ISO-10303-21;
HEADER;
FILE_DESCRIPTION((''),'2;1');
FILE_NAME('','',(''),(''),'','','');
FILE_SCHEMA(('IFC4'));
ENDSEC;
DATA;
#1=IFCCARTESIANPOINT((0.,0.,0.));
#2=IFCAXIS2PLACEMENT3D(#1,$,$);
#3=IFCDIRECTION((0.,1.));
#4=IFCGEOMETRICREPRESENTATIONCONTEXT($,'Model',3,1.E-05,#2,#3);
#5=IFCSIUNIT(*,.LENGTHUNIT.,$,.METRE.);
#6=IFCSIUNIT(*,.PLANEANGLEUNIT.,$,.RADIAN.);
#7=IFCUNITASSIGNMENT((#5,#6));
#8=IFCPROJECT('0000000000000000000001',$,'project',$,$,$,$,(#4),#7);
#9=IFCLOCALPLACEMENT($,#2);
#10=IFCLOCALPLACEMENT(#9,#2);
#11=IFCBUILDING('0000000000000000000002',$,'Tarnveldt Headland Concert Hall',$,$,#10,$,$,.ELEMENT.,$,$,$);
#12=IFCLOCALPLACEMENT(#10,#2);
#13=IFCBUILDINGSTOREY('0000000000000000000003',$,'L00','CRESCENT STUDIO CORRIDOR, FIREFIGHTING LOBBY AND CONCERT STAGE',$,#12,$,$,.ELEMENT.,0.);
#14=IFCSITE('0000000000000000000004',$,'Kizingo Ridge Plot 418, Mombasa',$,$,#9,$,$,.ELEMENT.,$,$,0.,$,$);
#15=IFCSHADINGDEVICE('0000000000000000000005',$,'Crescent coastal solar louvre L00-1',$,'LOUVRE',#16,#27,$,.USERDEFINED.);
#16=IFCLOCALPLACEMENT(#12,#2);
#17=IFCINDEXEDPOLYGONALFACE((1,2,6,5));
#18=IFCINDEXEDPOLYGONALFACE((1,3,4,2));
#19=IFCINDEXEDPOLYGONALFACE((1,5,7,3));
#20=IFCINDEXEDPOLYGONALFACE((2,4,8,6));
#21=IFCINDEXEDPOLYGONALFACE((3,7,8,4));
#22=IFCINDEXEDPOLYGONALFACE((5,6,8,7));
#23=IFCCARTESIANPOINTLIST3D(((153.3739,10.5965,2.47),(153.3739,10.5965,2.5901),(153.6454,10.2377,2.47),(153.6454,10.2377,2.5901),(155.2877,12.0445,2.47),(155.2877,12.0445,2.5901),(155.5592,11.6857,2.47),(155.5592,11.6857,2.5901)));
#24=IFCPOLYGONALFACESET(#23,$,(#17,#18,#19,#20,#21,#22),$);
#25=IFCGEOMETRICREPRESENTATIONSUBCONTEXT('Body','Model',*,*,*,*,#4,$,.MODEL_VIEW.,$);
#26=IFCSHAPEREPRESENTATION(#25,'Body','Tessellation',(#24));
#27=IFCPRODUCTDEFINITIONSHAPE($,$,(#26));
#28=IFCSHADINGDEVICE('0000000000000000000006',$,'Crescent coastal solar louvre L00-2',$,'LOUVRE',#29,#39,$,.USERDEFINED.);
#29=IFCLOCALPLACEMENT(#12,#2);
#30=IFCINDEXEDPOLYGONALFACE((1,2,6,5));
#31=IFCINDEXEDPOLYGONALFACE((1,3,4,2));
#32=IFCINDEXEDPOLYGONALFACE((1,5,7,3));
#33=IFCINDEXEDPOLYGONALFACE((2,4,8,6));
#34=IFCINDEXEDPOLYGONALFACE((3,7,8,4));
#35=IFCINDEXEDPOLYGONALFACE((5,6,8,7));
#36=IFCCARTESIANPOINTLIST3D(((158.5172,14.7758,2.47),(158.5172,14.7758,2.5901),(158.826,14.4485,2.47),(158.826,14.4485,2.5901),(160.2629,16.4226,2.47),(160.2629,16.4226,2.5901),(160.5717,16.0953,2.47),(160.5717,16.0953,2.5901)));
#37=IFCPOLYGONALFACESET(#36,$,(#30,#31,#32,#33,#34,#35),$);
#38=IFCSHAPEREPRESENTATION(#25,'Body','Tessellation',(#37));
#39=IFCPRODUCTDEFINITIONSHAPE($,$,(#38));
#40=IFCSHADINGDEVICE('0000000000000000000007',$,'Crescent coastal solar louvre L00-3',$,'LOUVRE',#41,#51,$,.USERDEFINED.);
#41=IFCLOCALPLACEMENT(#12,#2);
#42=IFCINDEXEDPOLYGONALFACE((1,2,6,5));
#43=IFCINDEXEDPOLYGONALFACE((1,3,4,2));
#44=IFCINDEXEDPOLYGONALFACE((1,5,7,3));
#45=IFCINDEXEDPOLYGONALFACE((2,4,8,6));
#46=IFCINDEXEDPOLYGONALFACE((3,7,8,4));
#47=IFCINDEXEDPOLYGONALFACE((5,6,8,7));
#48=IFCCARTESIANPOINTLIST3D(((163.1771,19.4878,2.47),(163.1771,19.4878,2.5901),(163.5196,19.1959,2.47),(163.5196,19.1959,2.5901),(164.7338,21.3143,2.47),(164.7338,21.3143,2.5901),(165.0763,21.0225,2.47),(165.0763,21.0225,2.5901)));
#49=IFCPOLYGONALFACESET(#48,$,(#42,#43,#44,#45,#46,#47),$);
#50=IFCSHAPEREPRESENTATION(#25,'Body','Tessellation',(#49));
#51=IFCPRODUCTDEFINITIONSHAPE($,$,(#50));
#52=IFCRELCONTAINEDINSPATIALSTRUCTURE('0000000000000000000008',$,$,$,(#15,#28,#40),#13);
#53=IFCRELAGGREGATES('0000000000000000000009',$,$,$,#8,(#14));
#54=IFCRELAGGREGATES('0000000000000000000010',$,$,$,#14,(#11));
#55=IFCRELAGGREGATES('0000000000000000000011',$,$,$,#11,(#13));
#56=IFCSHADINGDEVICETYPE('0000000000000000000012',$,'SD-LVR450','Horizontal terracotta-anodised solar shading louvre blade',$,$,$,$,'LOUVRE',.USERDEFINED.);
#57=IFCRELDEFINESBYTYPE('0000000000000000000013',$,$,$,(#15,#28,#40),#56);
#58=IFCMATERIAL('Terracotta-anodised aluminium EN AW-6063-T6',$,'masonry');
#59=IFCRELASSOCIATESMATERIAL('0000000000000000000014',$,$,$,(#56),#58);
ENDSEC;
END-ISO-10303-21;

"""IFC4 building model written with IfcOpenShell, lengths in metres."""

from ifc_helpers import new_model, si_unit, direction, frame, origin, origin_2d, place, context, subcontext, project, spatial, rectangle, extrude, material, type_object, element, save


model = new_model("IFC4")

# Units and contexts
model_context = context("Model", 3, precision=1e-05, world=origin(), true_north=direction((0.0, 1.0)))
body_context = subcontext(model_context, "Body", "Model", "MODEL_VIEW")
ifc_project = project(units=[si_unit("LENGTHUNIT", "METRE"), si_unit("PLANEANGLEUNIT", "RADIAN")], contexts=[model_context])

# Site, building, storey
site_placement = place(None, origin())
site = spatial("IfcSite", under=ifc_project, at=site_placement, Name="Kizingo Ridge Plot 418, Mombasa", CompositionType="ELEMENT", RefElevation=0.0)
building_placement = place(site_placement, origin())
building = spatial("IfcBuilding", under=site, at=building_placement, Name="Tarnveldt Headland Concert Hall", CompositionType="ELEMENT")
storey_placement = place(building_placement, origin())
storey = spatial("IfcBuildingStorey", under=building, at=storey_placement, Name="L00", Description="CRESCENT STUDIO CORRIDOR, FIREFIGHTING LOBBY AND CONCERT STAGE", CompositionType="ELEMENT", Elevation=0.0)

# Shading devices
ifc_material_1 = material(Name="Terracotta-anodised aluminium EN AW-6063-T6", Category="masonry")
shading_device_type = type_object("IfcShadingDeviceType", Name="SD-LVR450", Description="Horizontal terracotta-anodised solar shading louvre blade", ElementType="LOUVRE", PredefinedType="USERDEFINED", material=ifc_material_1)
for number, where, z_axis, x_axis, name in (
    (1, (154.4666, 11.1411, 2.47), (0.0, 0.0, 1.0), (0.603347, -0.797479, 0.0), "Crescent coastal solar louvre L00-1"),
    (2, (159.5444, 15.4355, 2.47), (0.0, 0.0, 1.0), (0.686199, -0.727414, 0.0), "Crescent coastal solar louvre L00-2"),
    (3, (164.1267, 20.2551, 2.47), (0.0, 0.0, 1.0), (0.761086, -0.648651, 0.0), "Crescent coastal solar louvre L00-3"),
):
    element("IfcShadingDevice", number, at=place(storey_placement, frame(where, z_axis=z_axis, x_axis=x_axis)), inside=storey, type_object=shading_device_type, Name=name, ObjectType="LOUVRE", PredefinedType="USERDEFINED", context=body_context, shape_type="SweptSolid", body=[
        extrude(rectangle(XDim=0.45, YDim=2.3999, at=origin_2d()), origin(), (0.0, 0.0, 1.0), 0.1201),
    ])

save(model, "model.ifc")
